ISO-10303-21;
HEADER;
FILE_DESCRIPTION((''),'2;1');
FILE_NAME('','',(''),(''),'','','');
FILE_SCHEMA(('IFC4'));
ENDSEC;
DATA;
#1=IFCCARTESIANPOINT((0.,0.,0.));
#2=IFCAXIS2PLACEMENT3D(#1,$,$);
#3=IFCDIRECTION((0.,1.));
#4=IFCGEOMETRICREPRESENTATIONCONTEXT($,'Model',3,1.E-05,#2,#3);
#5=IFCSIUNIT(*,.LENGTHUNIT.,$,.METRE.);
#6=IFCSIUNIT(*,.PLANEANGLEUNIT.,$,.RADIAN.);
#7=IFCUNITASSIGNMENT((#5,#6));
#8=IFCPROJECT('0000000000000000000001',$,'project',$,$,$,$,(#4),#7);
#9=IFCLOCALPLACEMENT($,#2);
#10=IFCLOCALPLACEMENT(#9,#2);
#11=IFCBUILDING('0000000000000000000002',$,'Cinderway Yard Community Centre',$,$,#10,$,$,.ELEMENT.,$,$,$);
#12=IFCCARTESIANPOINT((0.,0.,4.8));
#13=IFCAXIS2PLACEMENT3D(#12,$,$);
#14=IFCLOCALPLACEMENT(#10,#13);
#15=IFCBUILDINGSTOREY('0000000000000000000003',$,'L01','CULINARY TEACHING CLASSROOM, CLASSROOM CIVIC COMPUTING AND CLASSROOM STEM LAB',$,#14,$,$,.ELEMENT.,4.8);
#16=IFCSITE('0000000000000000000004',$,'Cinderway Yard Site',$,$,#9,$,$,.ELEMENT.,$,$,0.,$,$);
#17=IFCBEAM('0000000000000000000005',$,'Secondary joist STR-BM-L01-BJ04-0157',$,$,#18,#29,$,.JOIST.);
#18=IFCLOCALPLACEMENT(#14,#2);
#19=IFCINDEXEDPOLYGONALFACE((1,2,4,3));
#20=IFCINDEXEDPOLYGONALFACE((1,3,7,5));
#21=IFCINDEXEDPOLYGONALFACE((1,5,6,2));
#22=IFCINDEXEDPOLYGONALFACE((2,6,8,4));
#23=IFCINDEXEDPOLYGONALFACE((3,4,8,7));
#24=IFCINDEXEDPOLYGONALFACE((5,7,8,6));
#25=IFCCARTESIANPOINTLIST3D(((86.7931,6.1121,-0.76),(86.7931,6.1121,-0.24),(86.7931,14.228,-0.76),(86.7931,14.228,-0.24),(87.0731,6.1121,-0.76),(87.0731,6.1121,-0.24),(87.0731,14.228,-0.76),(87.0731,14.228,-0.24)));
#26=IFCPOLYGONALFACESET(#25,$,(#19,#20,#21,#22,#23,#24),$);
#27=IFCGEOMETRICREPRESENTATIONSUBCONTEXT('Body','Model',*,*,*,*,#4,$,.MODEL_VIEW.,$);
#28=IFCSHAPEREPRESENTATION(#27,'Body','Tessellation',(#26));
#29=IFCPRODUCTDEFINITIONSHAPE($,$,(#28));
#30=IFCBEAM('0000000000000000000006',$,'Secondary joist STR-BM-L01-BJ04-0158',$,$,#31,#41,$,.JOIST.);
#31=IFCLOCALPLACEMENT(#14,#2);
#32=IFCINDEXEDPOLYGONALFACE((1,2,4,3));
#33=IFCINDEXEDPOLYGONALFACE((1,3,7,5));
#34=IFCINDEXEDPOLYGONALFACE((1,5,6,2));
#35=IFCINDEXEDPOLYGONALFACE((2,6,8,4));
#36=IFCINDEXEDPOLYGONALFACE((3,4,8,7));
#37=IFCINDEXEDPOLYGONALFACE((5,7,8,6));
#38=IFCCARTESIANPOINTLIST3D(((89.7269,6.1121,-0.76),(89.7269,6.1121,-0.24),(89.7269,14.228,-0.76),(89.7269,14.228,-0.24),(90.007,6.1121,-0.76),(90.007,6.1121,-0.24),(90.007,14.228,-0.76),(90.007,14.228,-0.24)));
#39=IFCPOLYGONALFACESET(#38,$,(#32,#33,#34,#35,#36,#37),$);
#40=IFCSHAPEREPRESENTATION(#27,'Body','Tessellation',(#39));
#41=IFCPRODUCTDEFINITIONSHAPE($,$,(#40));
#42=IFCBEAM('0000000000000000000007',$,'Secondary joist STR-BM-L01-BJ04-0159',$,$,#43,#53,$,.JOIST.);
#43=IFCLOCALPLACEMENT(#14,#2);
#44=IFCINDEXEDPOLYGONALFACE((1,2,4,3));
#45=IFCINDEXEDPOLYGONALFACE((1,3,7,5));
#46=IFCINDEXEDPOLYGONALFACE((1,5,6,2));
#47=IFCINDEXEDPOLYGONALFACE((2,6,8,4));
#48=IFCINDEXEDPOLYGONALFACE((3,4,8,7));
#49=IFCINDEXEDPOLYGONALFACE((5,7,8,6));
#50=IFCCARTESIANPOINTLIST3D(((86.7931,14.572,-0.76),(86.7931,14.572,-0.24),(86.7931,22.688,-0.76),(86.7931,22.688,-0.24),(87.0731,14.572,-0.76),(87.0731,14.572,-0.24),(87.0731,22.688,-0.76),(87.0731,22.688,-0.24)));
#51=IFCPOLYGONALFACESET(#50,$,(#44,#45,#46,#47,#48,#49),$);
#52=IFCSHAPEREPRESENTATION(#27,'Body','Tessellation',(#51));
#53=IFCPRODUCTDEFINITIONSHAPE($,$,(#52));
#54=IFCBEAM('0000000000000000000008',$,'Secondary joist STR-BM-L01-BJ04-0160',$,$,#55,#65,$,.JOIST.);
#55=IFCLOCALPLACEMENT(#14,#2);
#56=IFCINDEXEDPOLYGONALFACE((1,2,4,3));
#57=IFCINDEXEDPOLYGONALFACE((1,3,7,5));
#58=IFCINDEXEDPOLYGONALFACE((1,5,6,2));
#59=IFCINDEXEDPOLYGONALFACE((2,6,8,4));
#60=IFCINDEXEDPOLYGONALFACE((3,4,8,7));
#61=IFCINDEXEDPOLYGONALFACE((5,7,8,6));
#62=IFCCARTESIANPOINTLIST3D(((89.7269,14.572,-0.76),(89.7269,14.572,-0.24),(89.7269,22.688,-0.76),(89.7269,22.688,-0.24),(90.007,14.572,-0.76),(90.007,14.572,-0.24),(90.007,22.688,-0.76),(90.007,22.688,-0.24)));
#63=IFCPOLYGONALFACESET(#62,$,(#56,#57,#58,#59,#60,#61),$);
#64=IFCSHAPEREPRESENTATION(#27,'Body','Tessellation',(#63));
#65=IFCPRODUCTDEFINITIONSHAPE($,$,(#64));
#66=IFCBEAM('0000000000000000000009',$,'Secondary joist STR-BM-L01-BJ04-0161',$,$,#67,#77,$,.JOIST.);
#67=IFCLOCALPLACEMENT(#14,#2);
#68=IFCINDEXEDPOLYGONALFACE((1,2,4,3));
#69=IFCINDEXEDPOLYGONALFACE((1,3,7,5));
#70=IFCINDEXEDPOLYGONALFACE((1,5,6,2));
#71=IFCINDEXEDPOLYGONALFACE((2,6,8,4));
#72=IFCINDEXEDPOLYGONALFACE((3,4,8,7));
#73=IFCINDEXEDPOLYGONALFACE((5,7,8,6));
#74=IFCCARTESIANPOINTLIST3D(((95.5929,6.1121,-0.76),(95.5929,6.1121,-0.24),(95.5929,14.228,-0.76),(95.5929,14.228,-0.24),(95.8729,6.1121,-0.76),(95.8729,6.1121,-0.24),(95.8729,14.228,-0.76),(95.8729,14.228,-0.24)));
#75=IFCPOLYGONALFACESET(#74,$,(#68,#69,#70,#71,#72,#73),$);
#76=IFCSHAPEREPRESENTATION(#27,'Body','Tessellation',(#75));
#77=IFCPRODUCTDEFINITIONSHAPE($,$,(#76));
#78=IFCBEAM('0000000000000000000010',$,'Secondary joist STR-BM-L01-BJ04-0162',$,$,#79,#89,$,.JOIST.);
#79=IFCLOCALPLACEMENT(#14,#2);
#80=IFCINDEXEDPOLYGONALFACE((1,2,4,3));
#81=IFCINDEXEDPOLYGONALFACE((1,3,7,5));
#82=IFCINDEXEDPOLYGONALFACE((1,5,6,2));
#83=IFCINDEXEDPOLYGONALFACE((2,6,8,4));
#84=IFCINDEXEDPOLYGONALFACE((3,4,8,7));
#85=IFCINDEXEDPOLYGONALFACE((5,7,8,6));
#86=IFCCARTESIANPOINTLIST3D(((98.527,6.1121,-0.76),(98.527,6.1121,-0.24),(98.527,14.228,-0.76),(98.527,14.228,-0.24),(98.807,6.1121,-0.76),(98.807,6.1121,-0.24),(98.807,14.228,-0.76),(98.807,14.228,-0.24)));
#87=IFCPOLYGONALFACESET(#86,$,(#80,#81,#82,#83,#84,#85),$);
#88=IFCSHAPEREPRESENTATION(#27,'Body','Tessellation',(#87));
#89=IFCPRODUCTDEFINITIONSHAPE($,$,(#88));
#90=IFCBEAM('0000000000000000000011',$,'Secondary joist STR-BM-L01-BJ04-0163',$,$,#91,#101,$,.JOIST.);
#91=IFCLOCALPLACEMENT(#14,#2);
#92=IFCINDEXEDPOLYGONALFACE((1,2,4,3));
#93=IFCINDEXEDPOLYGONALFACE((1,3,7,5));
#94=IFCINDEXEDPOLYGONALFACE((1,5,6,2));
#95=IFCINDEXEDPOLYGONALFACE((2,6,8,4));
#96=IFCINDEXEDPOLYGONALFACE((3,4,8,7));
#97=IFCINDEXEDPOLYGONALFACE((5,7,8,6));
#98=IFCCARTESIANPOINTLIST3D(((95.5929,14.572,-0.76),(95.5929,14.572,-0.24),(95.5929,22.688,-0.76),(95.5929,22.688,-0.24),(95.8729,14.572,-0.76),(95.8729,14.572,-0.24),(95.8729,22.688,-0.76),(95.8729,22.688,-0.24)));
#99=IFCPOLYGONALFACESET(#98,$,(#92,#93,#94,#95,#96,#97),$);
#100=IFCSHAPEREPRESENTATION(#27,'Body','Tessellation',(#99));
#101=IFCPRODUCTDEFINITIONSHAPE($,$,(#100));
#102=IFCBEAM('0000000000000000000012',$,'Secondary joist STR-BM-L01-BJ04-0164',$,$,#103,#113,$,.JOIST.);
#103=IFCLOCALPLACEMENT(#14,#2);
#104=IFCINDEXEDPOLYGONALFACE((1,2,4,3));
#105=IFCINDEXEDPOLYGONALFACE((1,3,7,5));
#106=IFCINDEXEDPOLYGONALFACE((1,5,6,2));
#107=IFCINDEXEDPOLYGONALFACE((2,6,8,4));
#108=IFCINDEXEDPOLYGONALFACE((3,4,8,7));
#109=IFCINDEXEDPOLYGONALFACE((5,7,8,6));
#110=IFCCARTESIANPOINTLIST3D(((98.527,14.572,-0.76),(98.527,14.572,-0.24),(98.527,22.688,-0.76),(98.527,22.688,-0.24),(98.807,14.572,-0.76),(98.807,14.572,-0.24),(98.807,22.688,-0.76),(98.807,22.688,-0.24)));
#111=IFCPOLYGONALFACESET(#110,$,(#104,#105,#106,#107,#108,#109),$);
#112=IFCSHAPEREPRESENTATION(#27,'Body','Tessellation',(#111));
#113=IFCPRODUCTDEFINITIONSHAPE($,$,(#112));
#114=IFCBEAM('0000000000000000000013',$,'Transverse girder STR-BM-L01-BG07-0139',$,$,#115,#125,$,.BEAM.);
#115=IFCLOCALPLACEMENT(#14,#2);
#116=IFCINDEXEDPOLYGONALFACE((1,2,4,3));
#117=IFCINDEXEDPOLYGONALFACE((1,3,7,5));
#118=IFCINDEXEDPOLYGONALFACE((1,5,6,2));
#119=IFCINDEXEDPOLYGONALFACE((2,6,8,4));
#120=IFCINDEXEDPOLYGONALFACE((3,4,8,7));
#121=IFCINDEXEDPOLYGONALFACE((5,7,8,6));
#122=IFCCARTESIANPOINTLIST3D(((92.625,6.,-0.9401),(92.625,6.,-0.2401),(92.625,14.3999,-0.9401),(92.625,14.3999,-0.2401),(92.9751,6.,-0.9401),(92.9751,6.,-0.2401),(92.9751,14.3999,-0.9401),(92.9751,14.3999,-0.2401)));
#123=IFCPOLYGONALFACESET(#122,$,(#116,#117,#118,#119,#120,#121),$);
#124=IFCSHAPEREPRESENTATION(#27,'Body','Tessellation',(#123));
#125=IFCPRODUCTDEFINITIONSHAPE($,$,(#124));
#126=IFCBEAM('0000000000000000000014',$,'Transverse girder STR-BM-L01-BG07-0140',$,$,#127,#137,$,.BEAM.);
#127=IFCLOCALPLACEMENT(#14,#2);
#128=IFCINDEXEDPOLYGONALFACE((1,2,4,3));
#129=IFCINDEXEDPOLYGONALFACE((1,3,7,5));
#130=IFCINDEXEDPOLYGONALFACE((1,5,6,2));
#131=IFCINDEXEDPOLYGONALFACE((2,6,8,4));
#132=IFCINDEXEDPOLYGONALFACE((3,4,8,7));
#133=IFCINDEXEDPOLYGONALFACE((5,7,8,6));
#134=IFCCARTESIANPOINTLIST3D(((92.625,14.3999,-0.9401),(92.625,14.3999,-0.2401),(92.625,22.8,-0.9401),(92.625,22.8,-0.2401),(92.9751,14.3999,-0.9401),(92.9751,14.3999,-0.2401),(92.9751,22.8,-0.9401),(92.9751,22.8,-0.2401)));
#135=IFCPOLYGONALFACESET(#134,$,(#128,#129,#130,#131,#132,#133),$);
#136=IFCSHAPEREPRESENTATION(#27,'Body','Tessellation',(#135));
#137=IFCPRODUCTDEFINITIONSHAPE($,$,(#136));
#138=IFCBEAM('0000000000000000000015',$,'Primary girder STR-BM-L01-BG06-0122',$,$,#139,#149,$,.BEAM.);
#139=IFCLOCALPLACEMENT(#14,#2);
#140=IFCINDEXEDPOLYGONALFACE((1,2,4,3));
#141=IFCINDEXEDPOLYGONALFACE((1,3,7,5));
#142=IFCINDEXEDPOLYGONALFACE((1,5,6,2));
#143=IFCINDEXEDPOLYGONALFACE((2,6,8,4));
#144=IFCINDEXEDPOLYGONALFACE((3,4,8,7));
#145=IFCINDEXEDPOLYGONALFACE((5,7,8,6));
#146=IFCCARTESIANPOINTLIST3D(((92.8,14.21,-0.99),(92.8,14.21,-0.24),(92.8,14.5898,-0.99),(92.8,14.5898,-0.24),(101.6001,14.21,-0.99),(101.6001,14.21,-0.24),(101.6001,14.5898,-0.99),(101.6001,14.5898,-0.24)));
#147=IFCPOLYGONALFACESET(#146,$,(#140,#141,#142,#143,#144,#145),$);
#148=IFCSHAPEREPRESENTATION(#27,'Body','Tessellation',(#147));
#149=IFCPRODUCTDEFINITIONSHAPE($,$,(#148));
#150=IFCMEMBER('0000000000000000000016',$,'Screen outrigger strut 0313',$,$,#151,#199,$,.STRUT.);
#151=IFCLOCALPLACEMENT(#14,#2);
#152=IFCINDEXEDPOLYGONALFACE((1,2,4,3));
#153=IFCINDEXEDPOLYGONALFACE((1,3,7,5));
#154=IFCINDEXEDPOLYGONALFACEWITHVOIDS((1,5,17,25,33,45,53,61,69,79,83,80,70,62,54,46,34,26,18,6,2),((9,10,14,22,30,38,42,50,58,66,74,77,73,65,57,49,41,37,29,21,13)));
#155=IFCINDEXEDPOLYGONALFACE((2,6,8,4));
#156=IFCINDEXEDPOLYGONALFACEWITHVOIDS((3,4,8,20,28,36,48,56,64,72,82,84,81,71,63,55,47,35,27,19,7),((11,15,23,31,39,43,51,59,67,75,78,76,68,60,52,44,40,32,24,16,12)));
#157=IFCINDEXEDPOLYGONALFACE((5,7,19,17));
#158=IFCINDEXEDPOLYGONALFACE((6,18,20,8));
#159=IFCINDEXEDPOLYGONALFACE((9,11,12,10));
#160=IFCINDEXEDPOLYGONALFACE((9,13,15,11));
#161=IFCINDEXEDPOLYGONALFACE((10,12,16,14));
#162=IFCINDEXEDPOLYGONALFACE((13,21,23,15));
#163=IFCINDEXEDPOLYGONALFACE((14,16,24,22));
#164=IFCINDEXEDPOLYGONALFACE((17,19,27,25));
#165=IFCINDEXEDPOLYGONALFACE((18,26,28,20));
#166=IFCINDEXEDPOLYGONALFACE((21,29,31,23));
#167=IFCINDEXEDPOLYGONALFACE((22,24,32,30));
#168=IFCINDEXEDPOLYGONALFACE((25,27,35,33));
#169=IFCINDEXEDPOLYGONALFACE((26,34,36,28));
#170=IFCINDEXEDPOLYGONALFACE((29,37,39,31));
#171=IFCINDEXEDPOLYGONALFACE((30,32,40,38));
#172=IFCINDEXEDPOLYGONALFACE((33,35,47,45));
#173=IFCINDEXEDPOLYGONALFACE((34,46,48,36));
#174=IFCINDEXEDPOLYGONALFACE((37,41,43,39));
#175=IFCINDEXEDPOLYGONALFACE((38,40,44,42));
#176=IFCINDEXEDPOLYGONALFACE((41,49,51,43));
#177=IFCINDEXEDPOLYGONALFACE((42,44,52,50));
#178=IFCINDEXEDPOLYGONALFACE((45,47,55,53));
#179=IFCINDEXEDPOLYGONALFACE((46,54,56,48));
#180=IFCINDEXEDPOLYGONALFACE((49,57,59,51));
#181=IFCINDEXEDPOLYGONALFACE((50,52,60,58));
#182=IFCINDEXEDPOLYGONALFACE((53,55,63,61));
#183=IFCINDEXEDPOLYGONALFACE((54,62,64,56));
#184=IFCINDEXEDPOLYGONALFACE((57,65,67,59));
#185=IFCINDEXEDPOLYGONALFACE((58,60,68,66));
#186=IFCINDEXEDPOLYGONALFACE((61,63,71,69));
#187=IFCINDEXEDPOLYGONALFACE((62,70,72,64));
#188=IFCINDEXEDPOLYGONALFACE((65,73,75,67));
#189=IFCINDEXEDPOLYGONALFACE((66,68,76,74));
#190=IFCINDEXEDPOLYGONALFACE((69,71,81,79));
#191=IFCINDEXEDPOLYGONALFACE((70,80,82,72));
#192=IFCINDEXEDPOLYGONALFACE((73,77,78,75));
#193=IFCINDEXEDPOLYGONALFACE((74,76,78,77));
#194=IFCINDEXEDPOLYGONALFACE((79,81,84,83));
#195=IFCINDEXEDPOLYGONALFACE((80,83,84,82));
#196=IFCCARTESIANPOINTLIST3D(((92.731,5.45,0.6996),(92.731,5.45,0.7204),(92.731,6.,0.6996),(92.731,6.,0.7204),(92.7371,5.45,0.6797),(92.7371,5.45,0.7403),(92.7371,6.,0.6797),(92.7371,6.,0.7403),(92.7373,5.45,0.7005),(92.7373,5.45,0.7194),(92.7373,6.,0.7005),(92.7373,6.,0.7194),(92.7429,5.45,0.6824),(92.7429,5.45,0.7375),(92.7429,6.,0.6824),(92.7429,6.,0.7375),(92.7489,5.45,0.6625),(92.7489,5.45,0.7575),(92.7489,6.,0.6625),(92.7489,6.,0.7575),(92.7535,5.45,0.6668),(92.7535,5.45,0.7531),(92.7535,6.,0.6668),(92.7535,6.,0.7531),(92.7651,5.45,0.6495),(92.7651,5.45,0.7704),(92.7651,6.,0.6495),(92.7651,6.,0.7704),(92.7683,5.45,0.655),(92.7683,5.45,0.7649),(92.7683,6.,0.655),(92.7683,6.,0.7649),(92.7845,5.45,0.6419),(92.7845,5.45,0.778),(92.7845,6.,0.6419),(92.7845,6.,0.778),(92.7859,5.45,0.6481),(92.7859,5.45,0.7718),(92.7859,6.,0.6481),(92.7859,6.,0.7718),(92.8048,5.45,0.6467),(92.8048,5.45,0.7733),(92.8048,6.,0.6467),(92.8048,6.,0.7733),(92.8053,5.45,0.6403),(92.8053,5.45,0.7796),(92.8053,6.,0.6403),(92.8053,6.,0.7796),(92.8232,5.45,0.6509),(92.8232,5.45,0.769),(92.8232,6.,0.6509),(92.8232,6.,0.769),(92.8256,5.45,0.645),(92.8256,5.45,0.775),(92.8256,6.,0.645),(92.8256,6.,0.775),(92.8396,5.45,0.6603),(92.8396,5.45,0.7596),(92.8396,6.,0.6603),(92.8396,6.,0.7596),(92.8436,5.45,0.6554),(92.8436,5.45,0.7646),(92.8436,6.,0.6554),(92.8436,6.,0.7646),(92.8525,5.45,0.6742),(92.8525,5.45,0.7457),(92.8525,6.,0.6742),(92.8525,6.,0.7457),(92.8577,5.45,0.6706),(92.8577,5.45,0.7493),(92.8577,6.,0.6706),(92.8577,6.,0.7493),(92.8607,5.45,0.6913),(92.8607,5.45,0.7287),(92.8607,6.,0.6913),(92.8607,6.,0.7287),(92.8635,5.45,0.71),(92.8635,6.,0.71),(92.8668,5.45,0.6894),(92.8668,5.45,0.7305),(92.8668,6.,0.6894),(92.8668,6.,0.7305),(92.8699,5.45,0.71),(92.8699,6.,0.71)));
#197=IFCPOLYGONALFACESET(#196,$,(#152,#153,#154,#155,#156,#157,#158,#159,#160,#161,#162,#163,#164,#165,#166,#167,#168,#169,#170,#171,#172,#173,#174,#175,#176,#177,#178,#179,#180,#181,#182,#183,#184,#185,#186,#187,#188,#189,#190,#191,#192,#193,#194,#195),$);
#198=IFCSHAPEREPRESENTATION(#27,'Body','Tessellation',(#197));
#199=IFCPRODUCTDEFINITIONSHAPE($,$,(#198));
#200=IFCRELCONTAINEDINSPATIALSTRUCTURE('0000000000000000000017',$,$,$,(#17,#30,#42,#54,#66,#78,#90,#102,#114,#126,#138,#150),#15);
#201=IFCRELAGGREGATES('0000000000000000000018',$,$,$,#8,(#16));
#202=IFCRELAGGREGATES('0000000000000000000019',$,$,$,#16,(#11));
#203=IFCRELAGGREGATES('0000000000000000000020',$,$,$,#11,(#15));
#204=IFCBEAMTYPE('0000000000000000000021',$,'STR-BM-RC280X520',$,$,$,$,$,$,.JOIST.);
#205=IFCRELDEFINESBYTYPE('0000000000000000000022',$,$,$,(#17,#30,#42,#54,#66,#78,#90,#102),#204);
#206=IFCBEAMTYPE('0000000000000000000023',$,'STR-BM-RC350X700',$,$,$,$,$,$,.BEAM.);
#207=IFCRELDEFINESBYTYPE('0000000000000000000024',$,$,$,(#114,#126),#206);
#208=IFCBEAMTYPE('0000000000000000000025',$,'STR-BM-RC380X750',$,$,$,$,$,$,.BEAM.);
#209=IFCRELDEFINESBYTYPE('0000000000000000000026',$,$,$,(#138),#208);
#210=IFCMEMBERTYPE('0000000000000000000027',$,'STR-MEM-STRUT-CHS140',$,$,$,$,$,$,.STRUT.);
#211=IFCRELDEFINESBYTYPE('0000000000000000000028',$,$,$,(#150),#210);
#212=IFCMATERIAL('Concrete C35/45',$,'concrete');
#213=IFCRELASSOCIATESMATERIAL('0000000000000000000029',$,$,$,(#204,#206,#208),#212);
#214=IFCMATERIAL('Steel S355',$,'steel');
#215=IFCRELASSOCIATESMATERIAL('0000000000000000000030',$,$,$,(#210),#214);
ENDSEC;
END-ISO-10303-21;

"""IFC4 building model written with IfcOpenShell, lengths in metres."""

from ifc_helpers import new_model, si_unit, direction, frame, origin, origin_2d, place, context, subcontext, project, spatial, rectangle, hollow_circle, extrude, material, material_profile, profile_set, type_object, element, save


model = new_model("IFC4")

# Units and contexts
model_context = context("Model", 3, precision=1e-05, world=origin(), true_north=direction((0.0, 1.0)))
body_context = subcontext(model_context, "Body", "Model", "MODEL_VIEW")
ifc_project = project(units=[si_unit("LENGTHUNIT", "METRE"), si_unit("PLANEANGLEUNIT", "RADIAN")], contexts=[model_context])

# Site, building, storey
site_placement = place(None, origin())
site = spatial("IfcSite", under=ifc_project, at=site_placement, Name="Cinderway Yard Site", CompositionType="ELEMENT", RefElevation=0.0)
building_placement = place(site_placement, origin())
building = spatial("IfcBuilding", under=site, at=building_placement, Name="Cinderway Yard Community Centre", CompositionType="ELEMENT")
storey_placement = place(building_placement, frame((0.0, 0.0, 4.8)))
storey = spatial("IfcBuildingStorey", under=building, at=storey_placement, Name="L01", Description="CULINARY TEACHING CLASSROOM, CLASSROOM CIVIC COMPUTING AND CLASSROOM STEM LAB", CompositionType="ELEMENT", Elevation=4.8)

# Shared definitions
ifc_material_1 = material(Name="Steel S355", Category="steel")

# Beams
ifc_material_2 = material(Name="Concrete C35/45", Category="concrete")
ifc_material_profile_1 = material_profile(ifc_material_2, rectangle(XDim=0.28, YDim=0.52, at=origin_2d()), Name="Concrete C35/45")
ifc_profile_set_1 = profile_set([ifc_material_profile_1], Name="Concrete C35/45")
beam_type_1 = type_object("IfcBeamType", Name="STR-BM-RC280X520", PredefinedType="JOIST", material=ifc_profile_set_1)
for number, where, z_axis, x_axis, name in (
    (1, (86.9331, 6.1121, -0.5), (0.0, 1.0, 0.0), (-1.0, 0.0, 0.0), "Secondary joist STR-BM-L01-BJ04-0157"),
    (2, (89.8669, 6.1121, -0.5), (0.0, 1.0, 0.0), (-1.0, 0.0, 0.0), "Secondary joist STR-BM-L01-BJ04-0158"),
    (3, (86.9331, 14.572, -0.5), (0.0, 1.0, 0.0), (-1.0, 0.0, 0.0), "Secondary joist STR-BM-L01-BJ04-0159"),
    (4, (89.8669, 14.572, -0.5), (0.0, 1.0, 0.0), (-1.0, 0.0, 0.0), "Secondary joist STR-BM-L01-BJ04-0160"),
    (5, (95.7329, 6.1121, -0.5), (0.0, 1.0, 0.0), (-1.0, 0.0, 0.0), "Secondary joist STR-BM-L01-BJ04-0161"),
    (6, (98.667, 6.1121, -0.5), (0.0, 1.0, 0.0), (-1.0, 0.0, 0.0), "Secondary joist STR-BM-L01-BJ04-0162"),
    (7, (95.7329, 14.572, -0.5), (0.0, 1.0, 0.0), (-1.0, 0.0, 0.0), "Secondary joist STR-BM-L01-BJ04-0163"),
    (8, (98.667, 14.572, -0.5), (0.0, 1.0, 0.0), (-1.0, 0.0, 0.0), "Secondary joist STR-BM-L01-BJ04-0164"),
):
    element("IfcBeam", number, at=place(storey_placement, frame(where, z_axis=z_axis, x_axis=x_axis)), inside=storey, type_object=beam_type_1, Name=name, PredefinedType="JOIST", context=body_context, shape_type="SweptSolid", body=[
        extrude(rectangle(XDim=0.28, YDim=0.52, at=origin_2d()), origin(), (0.0, 0.0, 1.0), 8.116),
    ])
ifc_material_profile_2 = material_profile(ifc_material_2, rectangle(XDim=0.3501, YDim=0.7, at=origin_2d()), Name="Concrete C35/45")
ifc_profile_set_2 = profile_set([ifc_material_profile_2], Name="Concrete C35/45")
beam_type_2 = type_object("IfcBeamType", Name="STR-BM-RC350X700", PredefinedType="BEAM", material=ifc_profile_set_2)
beam_1_placement = place(storey_placement, frame((92.8, 6.0, -0.5901), z_axis=(0.0, 1.0, 0.0), x_axis=(-1.0, 0.0, 0.0)))
element("IfcBeam", 9, at=beam_1_placement, inside=storey, type_object=beam_type_2, Name="Transverse girder STR-BM-L01-BG07-0139", PredefinedType="BEAM", context=body_context, shape_type="SweptSolid", body=[
    extrude(rectangle(XDim=0.3501, YDim=0.7, at=origin_2d()), origin(), (0.0, 0.0, 1.0), 8.3999),
])
beam_2_placement = place(storey_placement, frame((92.8, 14.3999, -0.5901), z_axis=(0.0, 1.0, 0.0), x_axis=(-1.0, 0.0, 0.0)))
element("IfcBeam", 10, at=beam_2_placement, inside=storey, type_object=beam_type_2, Name="Transverse girder STR-BM-L01-BG07-0140", PredefinedType="BEAM", context=body_context, shape_type="SweptSolid", body=[
    extrude(rectangle(XDim=0.3501, YDim=0.7, at=origin_2d()), origin(), (0.0, 0.0, 1.0), 8.4001),
])
ifc_material_profile_3 = material_profile(ifc_material_2, rectangle(XDim=0.3799, YDim=0.75, at=origin_2d()), Name="Concrete C35/45")
ifc_profile_set_3 = profile_set([ifc_material_profile_3], Name="Concrete C35/45")
beam_type_3 = type_object("IfcBeamType", Name="STR-BM-RC380X750", PredefinedType="BEAM", material=ifc_profile_set_3)
beam_3_placement = place(storey_placement, frame((92.8, 14.3999, -0.615), z_axis=(1.0, 0.0, 0.0), x_axis=(0.0, 1.0, 0.0)))
element("IfcBeam", 11, at=beam_3_placement, inside=storey, type_object=beam_type_3, Name="Primary girder STR-BM-L01-BG06-0122", PredefinedType="BEAM", context=body_context, shape_type="SweptSolid", body=[
    extrude(rectangle(XDim=0.3799, YDim=0.75, at=origin_2d()), origin(), (0.0, 0.0, 1.0), 8.8),
])

# Member
ifc_material_profile_4 = material_profile(ifc_material_1, hollow_circle(Radius=0.0698, WallThickness=0.0063, at=origin_2d()), Name="Steel S355")
ifc_profile_set_4 = profile_set([ifc_material_profile_4], Name="Steel S355")
member_type_1 = type_object("IfcMemberType", Name="STR-MEM-STRUT-CHS140", PredefinedType="STRUT", material=ifc_profile_set_4)
for number, where, z_axis, x_axis, name in (
    (12, (92.8, 6.0, 0.71), (0.0, -1.0, 0.0), (1.0, 0.0, 0.0), "Screen outrigger strut 0313"),
):
    element("IfcMember", number, at=place(storey_placement, frame(where, z_axis=z_axis, x_axis=x_axis)), inside=storey, type_object=member_type_1, Name=name, PredefinedType="STRUT", context=body_context, shape_type="SweptSolid", body=[
        extrude(hollow_circle(Radius=0.0698, WallThickness=0.0063, at=origin_2d()), origin(), (0.0, 0.0, 1.0), 0.55),
    ])

save(model, "model.ifc")
